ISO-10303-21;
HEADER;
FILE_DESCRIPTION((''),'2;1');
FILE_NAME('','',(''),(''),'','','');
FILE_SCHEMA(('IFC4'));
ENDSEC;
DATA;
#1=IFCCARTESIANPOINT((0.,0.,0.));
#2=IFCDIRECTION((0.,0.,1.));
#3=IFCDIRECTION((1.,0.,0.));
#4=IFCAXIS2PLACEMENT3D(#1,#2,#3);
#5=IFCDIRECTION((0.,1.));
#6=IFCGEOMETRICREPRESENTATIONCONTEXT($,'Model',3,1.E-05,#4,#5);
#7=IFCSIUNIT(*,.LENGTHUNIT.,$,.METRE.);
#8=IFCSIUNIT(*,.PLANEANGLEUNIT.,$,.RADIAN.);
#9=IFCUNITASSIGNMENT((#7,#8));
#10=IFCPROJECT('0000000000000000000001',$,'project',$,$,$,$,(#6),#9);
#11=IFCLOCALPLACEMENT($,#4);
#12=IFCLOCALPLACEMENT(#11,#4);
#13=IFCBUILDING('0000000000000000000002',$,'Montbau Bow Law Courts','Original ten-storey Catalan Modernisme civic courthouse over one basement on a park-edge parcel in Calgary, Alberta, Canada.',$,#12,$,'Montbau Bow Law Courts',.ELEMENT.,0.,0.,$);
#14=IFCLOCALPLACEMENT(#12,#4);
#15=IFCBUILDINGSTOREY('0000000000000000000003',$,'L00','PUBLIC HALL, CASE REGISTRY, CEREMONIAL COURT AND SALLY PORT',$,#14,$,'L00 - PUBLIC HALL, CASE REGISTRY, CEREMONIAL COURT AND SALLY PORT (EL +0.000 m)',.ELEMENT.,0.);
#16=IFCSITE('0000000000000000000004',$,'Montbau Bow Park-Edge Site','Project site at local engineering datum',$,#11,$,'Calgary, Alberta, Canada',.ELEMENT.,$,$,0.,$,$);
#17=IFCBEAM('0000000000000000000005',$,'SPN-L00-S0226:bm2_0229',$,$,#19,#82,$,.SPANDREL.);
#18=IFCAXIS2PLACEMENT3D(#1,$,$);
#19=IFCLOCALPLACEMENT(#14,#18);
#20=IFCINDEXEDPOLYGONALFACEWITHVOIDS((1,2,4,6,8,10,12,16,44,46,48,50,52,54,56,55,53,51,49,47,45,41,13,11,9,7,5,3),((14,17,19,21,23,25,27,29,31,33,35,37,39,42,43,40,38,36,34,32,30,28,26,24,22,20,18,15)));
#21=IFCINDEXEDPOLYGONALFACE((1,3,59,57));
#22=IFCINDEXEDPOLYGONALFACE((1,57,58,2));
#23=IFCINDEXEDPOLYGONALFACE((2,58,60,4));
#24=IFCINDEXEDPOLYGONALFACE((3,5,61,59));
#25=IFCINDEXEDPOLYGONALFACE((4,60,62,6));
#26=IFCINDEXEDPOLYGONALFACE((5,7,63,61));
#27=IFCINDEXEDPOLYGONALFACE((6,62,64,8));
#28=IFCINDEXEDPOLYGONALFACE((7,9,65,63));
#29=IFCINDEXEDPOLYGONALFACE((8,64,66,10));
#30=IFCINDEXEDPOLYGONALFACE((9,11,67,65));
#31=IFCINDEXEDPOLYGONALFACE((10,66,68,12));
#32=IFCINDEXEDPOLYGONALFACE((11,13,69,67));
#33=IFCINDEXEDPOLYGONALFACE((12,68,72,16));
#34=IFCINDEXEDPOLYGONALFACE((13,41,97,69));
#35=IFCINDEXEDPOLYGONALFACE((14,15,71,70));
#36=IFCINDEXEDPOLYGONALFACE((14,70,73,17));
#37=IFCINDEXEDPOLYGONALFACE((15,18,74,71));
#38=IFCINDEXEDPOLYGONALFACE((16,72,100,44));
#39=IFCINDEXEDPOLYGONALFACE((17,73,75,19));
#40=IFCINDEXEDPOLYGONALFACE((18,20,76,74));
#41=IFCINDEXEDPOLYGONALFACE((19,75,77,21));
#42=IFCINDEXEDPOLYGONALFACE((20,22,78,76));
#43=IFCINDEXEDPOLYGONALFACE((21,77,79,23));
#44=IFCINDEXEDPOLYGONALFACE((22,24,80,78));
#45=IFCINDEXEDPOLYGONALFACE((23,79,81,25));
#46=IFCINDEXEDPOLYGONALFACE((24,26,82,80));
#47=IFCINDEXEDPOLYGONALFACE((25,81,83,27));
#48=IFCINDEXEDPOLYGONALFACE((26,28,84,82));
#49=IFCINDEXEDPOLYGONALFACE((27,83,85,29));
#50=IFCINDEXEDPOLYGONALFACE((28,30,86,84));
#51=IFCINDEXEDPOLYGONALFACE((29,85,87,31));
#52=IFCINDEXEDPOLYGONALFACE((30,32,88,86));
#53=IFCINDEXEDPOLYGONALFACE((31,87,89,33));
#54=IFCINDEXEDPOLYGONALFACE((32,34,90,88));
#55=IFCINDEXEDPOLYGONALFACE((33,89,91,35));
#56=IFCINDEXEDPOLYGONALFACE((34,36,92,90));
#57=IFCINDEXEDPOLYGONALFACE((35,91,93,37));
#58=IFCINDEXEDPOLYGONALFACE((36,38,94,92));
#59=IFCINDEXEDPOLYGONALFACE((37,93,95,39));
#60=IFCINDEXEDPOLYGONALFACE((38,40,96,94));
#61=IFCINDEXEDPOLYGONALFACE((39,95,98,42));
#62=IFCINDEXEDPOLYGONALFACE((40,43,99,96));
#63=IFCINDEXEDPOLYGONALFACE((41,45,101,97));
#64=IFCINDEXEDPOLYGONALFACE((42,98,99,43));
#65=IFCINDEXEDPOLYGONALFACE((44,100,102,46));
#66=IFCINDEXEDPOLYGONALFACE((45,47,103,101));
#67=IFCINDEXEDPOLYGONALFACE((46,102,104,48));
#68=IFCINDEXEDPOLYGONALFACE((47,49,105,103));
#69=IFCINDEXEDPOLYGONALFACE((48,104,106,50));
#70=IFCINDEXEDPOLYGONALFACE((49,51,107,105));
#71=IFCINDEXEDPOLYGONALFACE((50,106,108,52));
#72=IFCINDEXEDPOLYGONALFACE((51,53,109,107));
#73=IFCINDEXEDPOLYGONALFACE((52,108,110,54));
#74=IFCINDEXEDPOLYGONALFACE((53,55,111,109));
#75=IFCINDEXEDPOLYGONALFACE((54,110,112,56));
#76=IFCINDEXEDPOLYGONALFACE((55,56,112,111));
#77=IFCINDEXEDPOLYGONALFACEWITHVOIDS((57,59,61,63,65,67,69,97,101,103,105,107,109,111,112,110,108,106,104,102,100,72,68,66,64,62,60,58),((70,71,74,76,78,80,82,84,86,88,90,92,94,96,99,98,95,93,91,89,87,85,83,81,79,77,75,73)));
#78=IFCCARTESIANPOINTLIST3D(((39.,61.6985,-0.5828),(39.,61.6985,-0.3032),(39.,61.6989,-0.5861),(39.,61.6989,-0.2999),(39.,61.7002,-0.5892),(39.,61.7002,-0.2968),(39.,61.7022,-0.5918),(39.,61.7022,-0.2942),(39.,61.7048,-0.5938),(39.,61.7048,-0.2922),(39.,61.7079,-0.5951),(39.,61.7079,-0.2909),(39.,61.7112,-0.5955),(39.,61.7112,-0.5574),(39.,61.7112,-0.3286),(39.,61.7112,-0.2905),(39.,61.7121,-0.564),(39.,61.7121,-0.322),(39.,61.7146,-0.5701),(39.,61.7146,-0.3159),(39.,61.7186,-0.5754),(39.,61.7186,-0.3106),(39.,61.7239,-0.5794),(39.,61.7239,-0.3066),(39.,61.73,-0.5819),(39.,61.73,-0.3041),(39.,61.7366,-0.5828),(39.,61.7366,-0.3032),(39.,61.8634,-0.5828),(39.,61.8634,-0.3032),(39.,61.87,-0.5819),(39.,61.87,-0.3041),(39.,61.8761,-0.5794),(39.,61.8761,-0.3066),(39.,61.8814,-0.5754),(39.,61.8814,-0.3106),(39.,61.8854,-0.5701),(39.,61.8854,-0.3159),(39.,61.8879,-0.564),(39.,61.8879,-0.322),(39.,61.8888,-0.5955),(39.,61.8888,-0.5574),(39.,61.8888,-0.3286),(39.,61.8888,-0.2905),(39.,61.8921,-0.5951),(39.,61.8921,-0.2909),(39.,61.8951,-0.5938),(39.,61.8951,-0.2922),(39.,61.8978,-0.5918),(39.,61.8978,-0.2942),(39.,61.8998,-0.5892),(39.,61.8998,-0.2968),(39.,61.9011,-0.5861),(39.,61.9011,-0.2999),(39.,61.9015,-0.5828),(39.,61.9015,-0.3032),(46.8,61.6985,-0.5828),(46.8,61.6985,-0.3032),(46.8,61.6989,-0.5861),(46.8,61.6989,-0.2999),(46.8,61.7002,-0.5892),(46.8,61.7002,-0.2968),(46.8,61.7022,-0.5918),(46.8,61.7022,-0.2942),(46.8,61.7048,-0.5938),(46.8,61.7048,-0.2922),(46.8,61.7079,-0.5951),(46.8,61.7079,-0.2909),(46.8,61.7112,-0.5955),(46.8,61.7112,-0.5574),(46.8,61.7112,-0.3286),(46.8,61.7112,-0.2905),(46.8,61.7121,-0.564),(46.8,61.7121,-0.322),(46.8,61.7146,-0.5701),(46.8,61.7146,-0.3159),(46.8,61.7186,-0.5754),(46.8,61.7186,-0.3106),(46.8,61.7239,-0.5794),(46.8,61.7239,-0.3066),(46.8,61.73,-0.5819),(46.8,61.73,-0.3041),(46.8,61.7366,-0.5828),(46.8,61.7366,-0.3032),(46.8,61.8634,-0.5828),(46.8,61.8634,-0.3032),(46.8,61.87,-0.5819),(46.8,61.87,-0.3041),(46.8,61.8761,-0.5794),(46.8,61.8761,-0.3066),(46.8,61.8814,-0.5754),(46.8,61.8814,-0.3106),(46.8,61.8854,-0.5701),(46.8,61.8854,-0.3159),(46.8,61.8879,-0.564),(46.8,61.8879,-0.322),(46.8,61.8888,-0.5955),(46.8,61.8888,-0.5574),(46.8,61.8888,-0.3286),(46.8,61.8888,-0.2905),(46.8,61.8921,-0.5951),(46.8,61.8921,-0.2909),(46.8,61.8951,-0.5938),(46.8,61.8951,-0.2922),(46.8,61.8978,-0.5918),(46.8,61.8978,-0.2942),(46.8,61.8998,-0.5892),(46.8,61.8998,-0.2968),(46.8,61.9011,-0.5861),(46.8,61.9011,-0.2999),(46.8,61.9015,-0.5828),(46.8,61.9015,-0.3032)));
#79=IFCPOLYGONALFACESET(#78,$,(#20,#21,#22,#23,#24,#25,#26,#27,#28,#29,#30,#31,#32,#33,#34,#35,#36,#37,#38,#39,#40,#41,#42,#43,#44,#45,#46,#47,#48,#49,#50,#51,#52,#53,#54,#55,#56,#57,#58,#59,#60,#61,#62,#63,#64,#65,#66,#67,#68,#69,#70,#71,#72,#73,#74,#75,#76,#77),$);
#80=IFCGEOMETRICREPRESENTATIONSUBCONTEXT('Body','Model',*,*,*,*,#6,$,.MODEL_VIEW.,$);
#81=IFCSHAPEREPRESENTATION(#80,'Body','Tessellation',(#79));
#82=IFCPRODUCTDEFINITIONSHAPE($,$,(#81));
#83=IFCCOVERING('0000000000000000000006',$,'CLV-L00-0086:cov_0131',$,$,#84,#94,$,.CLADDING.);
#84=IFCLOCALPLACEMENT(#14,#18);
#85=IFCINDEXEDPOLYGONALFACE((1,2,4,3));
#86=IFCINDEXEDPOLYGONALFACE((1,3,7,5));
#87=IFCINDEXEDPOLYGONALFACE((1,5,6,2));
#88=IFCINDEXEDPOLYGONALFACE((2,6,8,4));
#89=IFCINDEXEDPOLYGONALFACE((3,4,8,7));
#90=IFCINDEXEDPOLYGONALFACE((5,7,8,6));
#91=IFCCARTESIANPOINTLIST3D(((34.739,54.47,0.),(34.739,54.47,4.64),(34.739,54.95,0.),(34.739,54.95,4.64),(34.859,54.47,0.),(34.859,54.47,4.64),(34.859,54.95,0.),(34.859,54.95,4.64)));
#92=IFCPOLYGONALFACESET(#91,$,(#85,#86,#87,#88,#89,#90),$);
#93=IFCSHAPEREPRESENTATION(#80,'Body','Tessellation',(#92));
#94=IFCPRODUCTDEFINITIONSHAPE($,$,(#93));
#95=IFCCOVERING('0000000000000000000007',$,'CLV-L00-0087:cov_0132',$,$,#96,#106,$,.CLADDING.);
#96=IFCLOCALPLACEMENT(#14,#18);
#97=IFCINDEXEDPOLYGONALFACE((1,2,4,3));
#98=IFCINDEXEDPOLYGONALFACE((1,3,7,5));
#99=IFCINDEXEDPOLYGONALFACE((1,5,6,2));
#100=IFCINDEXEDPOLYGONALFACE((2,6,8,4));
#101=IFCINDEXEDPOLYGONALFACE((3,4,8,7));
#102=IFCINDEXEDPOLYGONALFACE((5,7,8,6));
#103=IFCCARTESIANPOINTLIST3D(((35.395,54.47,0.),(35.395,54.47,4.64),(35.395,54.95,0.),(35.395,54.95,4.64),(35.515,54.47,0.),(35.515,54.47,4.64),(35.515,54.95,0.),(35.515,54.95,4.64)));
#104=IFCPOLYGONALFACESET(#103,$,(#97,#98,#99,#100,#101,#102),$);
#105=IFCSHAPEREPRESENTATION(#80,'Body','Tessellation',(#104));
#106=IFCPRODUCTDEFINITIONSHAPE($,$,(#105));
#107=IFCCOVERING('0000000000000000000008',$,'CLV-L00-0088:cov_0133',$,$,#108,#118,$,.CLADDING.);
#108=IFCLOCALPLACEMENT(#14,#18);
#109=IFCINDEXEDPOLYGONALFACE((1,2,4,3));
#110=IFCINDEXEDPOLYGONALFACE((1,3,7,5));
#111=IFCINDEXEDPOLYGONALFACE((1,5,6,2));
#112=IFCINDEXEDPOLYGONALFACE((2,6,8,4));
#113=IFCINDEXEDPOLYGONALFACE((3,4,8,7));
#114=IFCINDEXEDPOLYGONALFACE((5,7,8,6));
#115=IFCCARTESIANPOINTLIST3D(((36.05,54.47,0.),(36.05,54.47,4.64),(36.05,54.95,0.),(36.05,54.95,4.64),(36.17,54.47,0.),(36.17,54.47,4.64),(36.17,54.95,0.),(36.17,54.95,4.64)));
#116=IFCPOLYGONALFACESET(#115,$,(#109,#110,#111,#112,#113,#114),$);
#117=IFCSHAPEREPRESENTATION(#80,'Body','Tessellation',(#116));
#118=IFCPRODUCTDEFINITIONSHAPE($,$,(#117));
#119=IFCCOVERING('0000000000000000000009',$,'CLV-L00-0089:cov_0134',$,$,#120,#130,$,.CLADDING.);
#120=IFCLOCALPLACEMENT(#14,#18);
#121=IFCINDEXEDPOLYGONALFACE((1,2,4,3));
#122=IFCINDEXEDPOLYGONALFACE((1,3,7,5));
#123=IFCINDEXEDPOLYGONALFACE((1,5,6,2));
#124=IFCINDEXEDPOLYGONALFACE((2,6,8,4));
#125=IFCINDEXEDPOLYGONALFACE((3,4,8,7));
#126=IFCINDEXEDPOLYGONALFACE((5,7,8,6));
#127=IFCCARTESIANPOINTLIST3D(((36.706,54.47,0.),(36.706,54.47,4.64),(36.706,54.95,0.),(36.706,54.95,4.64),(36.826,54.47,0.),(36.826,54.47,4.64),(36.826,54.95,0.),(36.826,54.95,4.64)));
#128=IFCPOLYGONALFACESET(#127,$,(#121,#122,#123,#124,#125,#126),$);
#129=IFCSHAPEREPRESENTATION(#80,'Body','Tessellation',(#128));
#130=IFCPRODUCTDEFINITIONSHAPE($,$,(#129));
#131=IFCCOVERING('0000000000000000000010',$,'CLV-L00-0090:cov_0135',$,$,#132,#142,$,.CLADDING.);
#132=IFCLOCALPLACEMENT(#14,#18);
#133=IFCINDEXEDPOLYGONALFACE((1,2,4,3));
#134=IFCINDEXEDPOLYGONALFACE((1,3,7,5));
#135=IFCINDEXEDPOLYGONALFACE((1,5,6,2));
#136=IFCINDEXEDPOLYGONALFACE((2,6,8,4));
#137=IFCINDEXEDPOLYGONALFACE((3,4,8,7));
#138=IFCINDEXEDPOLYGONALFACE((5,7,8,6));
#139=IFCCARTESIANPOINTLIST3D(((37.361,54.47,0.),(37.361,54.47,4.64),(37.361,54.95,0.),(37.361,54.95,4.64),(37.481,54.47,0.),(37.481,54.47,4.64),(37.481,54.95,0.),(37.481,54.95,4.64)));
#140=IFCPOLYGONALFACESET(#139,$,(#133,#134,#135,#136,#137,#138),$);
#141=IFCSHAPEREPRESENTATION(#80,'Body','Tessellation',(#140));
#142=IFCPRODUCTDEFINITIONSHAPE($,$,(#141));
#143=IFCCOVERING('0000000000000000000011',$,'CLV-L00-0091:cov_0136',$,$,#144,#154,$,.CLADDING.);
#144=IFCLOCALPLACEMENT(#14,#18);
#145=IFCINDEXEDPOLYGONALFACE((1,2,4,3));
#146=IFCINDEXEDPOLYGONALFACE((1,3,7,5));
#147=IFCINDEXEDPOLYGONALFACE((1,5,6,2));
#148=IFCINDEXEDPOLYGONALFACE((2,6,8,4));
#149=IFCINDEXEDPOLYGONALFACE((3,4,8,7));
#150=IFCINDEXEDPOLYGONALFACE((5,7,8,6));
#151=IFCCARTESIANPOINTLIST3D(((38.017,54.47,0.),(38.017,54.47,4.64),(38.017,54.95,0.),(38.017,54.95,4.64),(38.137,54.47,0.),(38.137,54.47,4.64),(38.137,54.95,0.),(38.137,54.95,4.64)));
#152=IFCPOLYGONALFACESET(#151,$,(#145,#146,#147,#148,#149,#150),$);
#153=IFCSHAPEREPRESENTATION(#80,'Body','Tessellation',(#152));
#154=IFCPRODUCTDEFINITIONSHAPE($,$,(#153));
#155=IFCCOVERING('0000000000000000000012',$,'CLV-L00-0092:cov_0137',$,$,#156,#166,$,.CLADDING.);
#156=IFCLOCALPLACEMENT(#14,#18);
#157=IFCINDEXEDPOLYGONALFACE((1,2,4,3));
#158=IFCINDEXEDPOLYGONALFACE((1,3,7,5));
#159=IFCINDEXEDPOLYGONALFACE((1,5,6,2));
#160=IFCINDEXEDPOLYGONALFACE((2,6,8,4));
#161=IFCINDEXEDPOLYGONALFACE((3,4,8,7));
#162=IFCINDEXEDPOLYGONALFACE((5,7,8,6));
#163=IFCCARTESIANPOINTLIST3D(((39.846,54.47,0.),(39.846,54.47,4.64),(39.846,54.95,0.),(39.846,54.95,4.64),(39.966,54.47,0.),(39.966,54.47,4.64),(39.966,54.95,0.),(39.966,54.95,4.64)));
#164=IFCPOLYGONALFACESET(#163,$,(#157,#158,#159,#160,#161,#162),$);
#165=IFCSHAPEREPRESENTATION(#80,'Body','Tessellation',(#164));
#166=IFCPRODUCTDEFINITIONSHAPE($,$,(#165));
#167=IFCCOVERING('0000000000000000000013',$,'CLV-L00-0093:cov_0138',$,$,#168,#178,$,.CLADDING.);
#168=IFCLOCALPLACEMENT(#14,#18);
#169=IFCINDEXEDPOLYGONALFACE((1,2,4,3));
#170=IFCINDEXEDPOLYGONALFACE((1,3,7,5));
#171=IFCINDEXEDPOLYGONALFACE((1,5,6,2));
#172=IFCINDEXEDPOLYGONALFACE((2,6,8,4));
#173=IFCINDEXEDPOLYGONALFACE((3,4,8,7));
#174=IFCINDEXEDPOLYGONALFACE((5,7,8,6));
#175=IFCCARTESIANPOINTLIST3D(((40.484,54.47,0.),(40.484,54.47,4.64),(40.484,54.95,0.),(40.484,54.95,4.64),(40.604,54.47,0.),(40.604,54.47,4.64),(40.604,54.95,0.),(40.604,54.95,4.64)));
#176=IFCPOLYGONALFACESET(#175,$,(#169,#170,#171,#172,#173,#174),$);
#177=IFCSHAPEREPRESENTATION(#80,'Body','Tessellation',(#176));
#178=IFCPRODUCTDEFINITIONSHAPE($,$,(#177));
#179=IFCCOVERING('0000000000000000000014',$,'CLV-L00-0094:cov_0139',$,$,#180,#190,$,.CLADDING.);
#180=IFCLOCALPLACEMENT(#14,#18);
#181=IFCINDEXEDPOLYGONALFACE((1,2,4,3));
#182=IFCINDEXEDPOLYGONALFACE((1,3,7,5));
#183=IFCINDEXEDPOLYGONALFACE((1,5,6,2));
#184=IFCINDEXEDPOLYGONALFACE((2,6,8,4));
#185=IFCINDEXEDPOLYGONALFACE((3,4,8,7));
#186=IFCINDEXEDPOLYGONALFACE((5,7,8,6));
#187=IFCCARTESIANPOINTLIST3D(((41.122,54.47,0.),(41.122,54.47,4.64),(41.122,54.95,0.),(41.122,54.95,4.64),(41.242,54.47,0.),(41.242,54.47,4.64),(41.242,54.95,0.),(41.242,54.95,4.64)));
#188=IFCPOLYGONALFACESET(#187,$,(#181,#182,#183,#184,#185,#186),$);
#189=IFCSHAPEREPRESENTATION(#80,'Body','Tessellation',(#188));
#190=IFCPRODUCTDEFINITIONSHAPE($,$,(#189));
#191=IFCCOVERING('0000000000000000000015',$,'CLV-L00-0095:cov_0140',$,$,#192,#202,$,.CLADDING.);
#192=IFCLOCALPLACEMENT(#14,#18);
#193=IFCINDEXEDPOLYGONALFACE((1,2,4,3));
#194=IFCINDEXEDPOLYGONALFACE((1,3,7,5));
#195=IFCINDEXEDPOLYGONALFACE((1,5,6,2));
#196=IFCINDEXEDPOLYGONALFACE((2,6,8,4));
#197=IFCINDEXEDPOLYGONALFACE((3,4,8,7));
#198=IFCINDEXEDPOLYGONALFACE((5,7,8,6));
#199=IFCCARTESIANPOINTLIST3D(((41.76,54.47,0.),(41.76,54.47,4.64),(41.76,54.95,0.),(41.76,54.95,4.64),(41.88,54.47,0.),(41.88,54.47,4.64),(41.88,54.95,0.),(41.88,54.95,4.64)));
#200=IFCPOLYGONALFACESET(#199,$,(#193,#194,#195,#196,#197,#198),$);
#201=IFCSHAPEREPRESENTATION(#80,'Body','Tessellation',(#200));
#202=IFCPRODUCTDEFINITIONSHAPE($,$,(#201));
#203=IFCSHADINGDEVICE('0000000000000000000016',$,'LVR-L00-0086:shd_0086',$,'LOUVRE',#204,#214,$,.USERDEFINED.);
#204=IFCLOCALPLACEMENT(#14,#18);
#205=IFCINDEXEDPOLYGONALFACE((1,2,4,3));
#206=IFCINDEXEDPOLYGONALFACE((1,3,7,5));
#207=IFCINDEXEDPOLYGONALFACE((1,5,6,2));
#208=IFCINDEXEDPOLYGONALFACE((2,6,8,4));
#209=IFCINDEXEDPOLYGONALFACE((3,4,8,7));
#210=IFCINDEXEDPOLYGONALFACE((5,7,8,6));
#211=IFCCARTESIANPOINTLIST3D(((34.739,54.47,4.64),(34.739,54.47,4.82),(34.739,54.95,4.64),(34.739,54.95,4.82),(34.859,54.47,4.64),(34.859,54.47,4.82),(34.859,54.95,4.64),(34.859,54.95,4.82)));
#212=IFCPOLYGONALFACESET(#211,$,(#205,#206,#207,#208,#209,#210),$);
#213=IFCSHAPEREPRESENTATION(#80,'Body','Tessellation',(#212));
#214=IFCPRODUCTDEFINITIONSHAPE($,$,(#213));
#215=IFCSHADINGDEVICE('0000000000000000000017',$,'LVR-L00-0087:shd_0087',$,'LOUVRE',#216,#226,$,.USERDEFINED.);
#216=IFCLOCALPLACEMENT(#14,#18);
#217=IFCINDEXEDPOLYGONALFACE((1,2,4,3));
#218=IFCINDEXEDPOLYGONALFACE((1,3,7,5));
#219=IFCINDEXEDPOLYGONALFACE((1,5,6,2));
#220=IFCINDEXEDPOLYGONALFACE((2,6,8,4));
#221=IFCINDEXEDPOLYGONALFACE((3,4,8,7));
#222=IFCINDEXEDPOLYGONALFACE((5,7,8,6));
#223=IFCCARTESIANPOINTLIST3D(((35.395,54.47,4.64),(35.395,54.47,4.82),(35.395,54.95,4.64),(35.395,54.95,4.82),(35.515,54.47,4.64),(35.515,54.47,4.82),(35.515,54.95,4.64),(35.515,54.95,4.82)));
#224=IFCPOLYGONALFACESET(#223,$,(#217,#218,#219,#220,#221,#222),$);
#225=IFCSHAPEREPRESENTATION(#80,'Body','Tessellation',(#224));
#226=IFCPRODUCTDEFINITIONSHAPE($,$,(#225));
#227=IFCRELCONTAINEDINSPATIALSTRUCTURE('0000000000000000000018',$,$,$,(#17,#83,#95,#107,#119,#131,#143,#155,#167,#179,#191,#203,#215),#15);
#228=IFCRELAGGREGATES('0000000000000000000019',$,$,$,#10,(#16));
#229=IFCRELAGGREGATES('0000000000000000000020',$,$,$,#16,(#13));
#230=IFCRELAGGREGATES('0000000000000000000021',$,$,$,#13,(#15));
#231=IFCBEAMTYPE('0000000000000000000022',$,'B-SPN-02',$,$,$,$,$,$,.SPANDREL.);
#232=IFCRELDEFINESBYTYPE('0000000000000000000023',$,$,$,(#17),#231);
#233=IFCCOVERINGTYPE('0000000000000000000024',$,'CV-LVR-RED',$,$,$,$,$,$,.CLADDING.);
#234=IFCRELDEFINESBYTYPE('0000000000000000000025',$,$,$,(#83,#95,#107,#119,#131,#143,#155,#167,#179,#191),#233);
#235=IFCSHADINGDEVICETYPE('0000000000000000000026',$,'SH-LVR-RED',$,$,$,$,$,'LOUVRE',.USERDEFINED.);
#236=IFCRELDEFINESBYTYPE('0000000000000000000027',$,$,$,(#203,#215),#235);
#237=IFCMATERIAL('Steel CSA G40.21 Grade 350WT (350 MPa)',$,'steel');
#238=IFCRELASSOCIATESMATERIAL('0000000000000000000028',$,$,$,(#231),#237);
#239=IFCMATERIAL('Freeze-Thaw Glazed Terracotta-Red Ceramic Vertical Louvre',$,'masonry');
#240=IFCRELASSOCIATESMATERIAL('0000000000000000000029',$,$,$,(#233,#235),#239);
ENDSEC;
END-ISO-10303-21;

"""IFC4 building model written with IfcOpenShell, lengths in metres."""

from ifc_helpers import new_model, si_unit, direction, frame, frame_2d, origin_with_axes, origin_2d_with_axis, place, context, subcontext, project, spatial, rectangle, hollow_rectangle, extrude, material, material_profile, profile_set, type_object, element, save


model = new_model("IFC4")

# Units and contexts
model_context = context("Model", 3, precision=1e-05, world=origin_with_axes(), true_north=direction((0.0, 1.0)))
body_context = subcontext(model_context, "Body", "Model", "MODEL_VIEW")
ifc_project = project(units=[si_unit("LENGTHUNIT", "METRE"), si_unit("PLANEANGLEUNIT", "RADIAN")], contexts=[model_context])

# Site, building, storey
site_placement = place(None, origin_with_axes())
site = spatial("IfcSite", under=ifc_project, at=site_placement, Name="Montbau Bow Park-Edge Site", Description="Project site at local engineering datum", LongName="Calgary, Alberta, Canada", CompositionType="ELEMENT", RefElevation=0.0)
building_placement = place(site_placement, origin_with_axes())
building = spatial("IfcBuilding", under=site, at=building_placement, Name="Montbau Bow Law Courts", Description="Original ten-storey Catalan Modernisme civic courthouse over one basement on a park-edge parcel in Calgary, Alberta, Canada.", LongName="Montbau Bow Law Courts", CompositionType="ELEMENT", ElevationOfRefHeight=0.0, ElevationOfTerrain=0.0)
storey_placement = place(building_placement, origin_with_axes())
storey = spatial("IfcBuildingStorey", under=building, at=storey_placement, Name="L00", Description="PUBLIC HALL, CASE REGISTRY, CEREMONIAL COURT AND SALLY PORT", LongName="L00 - PUBLIC HALL, CASE REGISTRY, CEREMONIAL COURT AND SALLY PORT (EL +0.000 m)", CompositionType="ELEMENT", Elevation=0.0)

# Shared definitions
ifc_material_1 = material(Name="Steel CSA G40.21 Grade 350WT (350 MPa)", Category="steel")

# Beam
ifc_material_profile_1 = material_profile(ifc_material_1, hollow_rectangle(XDim=0.203, YDim=0.305, WallThickness=0.0127, InnerFilletRadius=0.0254, OuterFilletRadius=0.0127, at=origin_2d_with_axis()), Name="HSS305X203X13", Category="Main", Priority=0)
ifc_profile_set_1 = profile_set([ifc_material_profile_1], Name="Steel CSA G40.21 Grade 350WT (350 MPa)")
beam_type_1 = type_object("IfcBeamType", Name="B-SPN-02", PredefinedType="SPANDREL", material=ifc_profile_set_1)
beam_1_placement = place(None, frame((39.0, 61.8, -0.443), z_axis=(1.0, 0.0, 0.0), x_axis=(0.0, 1.0, 0.0)))
element("IfcBeam", 1, at=beam_1_placement, inside=storey, type_object=beam_type_1, Name="SPN-L00-S0226:bm2_0229", PredefinedType="SPANDREL", context=body_context, shape_type="SweptSolid", body=[
    extrude(hollow_rectangle(XDim=0.203, YDim=0.305, WallThickness=0.0127, InnerFilletRadius=0.0254, OuterFilletRadius=0.0127, at=origin_2d_with_axis()), origin_with_axes(), (0.0, 0.0, 1.0), 7.8),
])

# Coverings
ifc_material_2 = material(Name="Freeze-Thaw Glazed Terracotta-Red Ceramic Vertical Louvre", Category="masonry")
covering_type = type_object("IfcCoveringType", Name="CV-LVR-RED", PredefinedType="CLADDING", material=ifc_material_2)
for number, where, z_axis, x_axis, name in (
    (2, (34.799, 54.47, 0.0), (1.0, 0.0, 0.0), (0.0, 1.0, 0.0), "CLV-L00-0086:cov_0131"),
    (3, (35.455, 54.47, 0.0), (1.0, 0.0, 0.0), (0.0, 1.0, 0.0), "CLV-L00-0087:cov_0132"),
    (4, (36.11, 54.47, 0.0), (1.0, 0.0, 0.0), (0.0, 1.0, 0.0), "CLV-L00-0088:cov_0133"),
    (5, (36.766, 54.47, 0.0), (1.0, 0.0, 0.0), (0.0, 1.0, 0.0), "CLV-L00-0089:cov_0134"),
    (6, (37.421, 54.47, 0.0), (1.0, 0.0, 0.0), (0.0, 1.0, 0.0), "CLV-L00-0090:cov_0135"),
    (7, (38.077, 54.47, 0.0), (1.0, 0.0, 0.0), (0.0, 1.0, 0.0), "CLV-L00-0091:cov_0136"),
    (8, (39.906, 54.47, 0.0), (1.0, 0.0, 0.0), (0.0, 1.0, 0.0), "CLV-L00-0092:cov_0137"),
    (9, (40.544, 54.47, 0.0), (1.0, 0.0, 0.0), (0.0, 1.0, 0.0), "CLV-L00-0093:cov_0138"),
    (10, (41.182, 54.47, 0.0), (1.0, 0.0, 0.0), (0.0, 1.0, 0.0), "CLV-L00-0094:cov_0139"),
    (11, (41.82, 54.47, 0.0), (1.0, 0.0, 0.0), (0.0, 1.0, 0.0), "CLV-L00-0095:cov_0140"),
):
    element("IfcCovering", number, at=place(None, frame(where, z_axis=z_axis, x_axis=x_axis)), inside=storey, type_object=covering_type, Name=name, PredefinedType="CLADDING", context=body_context, shape_type="SweptSolid", body=[
        extrude(rectangle(XDim=0.48, YDim=4.64, at=frame_2d((0.24, 2.32), x_axis=(1.0, 0.0))), frame((0.0, 0.0, -0.06), z_axis=(0.0, 0.0, 1.0), x_axis=(1.0, 0.0, 0.0)), (0.0, 0.0, 1.0), 0.12),
    ])

# Shading devices
shading_device_type = type_object("IfcShadingDeviceType", Name="SH-LVR-RED", ElementType="LOUVRE", PredefinedType="USERDEFINED", material=ifc_material_2)
for number, where, z_axis, x_axis, name in (
    (12, (34.799, 54.71, 4.64), (0.0, 0.0, 1.0), (0.0, 1.0, 0.0), "LVR-L00-0086:shd_0086"),
    (13, (35.455, 54.71, 4.64), (0.0, 0.0, 1.0), (0.0, 1.0, 0.0), "LVR-L00-0087:shd_0087"),
):
    element("IfcShadingDevice", number, at=place(None, frame(where, z_axis=z_axis, x_axis=x_axis)), inside=storey, type_object=shading_device_type, Name=name, ObjectType="LOUVRE", PredefinedType="USERDEFINED", context=body_context, shape_type="SweptSolid", body=[
        extrude(rectangle(XDim=0.48, YDim=0.12, at=origin_2d_with_axis()), origin_with_axes(), (0.0, 0.0, 1.0), 0.18),
    ])

save(model, "model.ifc")
